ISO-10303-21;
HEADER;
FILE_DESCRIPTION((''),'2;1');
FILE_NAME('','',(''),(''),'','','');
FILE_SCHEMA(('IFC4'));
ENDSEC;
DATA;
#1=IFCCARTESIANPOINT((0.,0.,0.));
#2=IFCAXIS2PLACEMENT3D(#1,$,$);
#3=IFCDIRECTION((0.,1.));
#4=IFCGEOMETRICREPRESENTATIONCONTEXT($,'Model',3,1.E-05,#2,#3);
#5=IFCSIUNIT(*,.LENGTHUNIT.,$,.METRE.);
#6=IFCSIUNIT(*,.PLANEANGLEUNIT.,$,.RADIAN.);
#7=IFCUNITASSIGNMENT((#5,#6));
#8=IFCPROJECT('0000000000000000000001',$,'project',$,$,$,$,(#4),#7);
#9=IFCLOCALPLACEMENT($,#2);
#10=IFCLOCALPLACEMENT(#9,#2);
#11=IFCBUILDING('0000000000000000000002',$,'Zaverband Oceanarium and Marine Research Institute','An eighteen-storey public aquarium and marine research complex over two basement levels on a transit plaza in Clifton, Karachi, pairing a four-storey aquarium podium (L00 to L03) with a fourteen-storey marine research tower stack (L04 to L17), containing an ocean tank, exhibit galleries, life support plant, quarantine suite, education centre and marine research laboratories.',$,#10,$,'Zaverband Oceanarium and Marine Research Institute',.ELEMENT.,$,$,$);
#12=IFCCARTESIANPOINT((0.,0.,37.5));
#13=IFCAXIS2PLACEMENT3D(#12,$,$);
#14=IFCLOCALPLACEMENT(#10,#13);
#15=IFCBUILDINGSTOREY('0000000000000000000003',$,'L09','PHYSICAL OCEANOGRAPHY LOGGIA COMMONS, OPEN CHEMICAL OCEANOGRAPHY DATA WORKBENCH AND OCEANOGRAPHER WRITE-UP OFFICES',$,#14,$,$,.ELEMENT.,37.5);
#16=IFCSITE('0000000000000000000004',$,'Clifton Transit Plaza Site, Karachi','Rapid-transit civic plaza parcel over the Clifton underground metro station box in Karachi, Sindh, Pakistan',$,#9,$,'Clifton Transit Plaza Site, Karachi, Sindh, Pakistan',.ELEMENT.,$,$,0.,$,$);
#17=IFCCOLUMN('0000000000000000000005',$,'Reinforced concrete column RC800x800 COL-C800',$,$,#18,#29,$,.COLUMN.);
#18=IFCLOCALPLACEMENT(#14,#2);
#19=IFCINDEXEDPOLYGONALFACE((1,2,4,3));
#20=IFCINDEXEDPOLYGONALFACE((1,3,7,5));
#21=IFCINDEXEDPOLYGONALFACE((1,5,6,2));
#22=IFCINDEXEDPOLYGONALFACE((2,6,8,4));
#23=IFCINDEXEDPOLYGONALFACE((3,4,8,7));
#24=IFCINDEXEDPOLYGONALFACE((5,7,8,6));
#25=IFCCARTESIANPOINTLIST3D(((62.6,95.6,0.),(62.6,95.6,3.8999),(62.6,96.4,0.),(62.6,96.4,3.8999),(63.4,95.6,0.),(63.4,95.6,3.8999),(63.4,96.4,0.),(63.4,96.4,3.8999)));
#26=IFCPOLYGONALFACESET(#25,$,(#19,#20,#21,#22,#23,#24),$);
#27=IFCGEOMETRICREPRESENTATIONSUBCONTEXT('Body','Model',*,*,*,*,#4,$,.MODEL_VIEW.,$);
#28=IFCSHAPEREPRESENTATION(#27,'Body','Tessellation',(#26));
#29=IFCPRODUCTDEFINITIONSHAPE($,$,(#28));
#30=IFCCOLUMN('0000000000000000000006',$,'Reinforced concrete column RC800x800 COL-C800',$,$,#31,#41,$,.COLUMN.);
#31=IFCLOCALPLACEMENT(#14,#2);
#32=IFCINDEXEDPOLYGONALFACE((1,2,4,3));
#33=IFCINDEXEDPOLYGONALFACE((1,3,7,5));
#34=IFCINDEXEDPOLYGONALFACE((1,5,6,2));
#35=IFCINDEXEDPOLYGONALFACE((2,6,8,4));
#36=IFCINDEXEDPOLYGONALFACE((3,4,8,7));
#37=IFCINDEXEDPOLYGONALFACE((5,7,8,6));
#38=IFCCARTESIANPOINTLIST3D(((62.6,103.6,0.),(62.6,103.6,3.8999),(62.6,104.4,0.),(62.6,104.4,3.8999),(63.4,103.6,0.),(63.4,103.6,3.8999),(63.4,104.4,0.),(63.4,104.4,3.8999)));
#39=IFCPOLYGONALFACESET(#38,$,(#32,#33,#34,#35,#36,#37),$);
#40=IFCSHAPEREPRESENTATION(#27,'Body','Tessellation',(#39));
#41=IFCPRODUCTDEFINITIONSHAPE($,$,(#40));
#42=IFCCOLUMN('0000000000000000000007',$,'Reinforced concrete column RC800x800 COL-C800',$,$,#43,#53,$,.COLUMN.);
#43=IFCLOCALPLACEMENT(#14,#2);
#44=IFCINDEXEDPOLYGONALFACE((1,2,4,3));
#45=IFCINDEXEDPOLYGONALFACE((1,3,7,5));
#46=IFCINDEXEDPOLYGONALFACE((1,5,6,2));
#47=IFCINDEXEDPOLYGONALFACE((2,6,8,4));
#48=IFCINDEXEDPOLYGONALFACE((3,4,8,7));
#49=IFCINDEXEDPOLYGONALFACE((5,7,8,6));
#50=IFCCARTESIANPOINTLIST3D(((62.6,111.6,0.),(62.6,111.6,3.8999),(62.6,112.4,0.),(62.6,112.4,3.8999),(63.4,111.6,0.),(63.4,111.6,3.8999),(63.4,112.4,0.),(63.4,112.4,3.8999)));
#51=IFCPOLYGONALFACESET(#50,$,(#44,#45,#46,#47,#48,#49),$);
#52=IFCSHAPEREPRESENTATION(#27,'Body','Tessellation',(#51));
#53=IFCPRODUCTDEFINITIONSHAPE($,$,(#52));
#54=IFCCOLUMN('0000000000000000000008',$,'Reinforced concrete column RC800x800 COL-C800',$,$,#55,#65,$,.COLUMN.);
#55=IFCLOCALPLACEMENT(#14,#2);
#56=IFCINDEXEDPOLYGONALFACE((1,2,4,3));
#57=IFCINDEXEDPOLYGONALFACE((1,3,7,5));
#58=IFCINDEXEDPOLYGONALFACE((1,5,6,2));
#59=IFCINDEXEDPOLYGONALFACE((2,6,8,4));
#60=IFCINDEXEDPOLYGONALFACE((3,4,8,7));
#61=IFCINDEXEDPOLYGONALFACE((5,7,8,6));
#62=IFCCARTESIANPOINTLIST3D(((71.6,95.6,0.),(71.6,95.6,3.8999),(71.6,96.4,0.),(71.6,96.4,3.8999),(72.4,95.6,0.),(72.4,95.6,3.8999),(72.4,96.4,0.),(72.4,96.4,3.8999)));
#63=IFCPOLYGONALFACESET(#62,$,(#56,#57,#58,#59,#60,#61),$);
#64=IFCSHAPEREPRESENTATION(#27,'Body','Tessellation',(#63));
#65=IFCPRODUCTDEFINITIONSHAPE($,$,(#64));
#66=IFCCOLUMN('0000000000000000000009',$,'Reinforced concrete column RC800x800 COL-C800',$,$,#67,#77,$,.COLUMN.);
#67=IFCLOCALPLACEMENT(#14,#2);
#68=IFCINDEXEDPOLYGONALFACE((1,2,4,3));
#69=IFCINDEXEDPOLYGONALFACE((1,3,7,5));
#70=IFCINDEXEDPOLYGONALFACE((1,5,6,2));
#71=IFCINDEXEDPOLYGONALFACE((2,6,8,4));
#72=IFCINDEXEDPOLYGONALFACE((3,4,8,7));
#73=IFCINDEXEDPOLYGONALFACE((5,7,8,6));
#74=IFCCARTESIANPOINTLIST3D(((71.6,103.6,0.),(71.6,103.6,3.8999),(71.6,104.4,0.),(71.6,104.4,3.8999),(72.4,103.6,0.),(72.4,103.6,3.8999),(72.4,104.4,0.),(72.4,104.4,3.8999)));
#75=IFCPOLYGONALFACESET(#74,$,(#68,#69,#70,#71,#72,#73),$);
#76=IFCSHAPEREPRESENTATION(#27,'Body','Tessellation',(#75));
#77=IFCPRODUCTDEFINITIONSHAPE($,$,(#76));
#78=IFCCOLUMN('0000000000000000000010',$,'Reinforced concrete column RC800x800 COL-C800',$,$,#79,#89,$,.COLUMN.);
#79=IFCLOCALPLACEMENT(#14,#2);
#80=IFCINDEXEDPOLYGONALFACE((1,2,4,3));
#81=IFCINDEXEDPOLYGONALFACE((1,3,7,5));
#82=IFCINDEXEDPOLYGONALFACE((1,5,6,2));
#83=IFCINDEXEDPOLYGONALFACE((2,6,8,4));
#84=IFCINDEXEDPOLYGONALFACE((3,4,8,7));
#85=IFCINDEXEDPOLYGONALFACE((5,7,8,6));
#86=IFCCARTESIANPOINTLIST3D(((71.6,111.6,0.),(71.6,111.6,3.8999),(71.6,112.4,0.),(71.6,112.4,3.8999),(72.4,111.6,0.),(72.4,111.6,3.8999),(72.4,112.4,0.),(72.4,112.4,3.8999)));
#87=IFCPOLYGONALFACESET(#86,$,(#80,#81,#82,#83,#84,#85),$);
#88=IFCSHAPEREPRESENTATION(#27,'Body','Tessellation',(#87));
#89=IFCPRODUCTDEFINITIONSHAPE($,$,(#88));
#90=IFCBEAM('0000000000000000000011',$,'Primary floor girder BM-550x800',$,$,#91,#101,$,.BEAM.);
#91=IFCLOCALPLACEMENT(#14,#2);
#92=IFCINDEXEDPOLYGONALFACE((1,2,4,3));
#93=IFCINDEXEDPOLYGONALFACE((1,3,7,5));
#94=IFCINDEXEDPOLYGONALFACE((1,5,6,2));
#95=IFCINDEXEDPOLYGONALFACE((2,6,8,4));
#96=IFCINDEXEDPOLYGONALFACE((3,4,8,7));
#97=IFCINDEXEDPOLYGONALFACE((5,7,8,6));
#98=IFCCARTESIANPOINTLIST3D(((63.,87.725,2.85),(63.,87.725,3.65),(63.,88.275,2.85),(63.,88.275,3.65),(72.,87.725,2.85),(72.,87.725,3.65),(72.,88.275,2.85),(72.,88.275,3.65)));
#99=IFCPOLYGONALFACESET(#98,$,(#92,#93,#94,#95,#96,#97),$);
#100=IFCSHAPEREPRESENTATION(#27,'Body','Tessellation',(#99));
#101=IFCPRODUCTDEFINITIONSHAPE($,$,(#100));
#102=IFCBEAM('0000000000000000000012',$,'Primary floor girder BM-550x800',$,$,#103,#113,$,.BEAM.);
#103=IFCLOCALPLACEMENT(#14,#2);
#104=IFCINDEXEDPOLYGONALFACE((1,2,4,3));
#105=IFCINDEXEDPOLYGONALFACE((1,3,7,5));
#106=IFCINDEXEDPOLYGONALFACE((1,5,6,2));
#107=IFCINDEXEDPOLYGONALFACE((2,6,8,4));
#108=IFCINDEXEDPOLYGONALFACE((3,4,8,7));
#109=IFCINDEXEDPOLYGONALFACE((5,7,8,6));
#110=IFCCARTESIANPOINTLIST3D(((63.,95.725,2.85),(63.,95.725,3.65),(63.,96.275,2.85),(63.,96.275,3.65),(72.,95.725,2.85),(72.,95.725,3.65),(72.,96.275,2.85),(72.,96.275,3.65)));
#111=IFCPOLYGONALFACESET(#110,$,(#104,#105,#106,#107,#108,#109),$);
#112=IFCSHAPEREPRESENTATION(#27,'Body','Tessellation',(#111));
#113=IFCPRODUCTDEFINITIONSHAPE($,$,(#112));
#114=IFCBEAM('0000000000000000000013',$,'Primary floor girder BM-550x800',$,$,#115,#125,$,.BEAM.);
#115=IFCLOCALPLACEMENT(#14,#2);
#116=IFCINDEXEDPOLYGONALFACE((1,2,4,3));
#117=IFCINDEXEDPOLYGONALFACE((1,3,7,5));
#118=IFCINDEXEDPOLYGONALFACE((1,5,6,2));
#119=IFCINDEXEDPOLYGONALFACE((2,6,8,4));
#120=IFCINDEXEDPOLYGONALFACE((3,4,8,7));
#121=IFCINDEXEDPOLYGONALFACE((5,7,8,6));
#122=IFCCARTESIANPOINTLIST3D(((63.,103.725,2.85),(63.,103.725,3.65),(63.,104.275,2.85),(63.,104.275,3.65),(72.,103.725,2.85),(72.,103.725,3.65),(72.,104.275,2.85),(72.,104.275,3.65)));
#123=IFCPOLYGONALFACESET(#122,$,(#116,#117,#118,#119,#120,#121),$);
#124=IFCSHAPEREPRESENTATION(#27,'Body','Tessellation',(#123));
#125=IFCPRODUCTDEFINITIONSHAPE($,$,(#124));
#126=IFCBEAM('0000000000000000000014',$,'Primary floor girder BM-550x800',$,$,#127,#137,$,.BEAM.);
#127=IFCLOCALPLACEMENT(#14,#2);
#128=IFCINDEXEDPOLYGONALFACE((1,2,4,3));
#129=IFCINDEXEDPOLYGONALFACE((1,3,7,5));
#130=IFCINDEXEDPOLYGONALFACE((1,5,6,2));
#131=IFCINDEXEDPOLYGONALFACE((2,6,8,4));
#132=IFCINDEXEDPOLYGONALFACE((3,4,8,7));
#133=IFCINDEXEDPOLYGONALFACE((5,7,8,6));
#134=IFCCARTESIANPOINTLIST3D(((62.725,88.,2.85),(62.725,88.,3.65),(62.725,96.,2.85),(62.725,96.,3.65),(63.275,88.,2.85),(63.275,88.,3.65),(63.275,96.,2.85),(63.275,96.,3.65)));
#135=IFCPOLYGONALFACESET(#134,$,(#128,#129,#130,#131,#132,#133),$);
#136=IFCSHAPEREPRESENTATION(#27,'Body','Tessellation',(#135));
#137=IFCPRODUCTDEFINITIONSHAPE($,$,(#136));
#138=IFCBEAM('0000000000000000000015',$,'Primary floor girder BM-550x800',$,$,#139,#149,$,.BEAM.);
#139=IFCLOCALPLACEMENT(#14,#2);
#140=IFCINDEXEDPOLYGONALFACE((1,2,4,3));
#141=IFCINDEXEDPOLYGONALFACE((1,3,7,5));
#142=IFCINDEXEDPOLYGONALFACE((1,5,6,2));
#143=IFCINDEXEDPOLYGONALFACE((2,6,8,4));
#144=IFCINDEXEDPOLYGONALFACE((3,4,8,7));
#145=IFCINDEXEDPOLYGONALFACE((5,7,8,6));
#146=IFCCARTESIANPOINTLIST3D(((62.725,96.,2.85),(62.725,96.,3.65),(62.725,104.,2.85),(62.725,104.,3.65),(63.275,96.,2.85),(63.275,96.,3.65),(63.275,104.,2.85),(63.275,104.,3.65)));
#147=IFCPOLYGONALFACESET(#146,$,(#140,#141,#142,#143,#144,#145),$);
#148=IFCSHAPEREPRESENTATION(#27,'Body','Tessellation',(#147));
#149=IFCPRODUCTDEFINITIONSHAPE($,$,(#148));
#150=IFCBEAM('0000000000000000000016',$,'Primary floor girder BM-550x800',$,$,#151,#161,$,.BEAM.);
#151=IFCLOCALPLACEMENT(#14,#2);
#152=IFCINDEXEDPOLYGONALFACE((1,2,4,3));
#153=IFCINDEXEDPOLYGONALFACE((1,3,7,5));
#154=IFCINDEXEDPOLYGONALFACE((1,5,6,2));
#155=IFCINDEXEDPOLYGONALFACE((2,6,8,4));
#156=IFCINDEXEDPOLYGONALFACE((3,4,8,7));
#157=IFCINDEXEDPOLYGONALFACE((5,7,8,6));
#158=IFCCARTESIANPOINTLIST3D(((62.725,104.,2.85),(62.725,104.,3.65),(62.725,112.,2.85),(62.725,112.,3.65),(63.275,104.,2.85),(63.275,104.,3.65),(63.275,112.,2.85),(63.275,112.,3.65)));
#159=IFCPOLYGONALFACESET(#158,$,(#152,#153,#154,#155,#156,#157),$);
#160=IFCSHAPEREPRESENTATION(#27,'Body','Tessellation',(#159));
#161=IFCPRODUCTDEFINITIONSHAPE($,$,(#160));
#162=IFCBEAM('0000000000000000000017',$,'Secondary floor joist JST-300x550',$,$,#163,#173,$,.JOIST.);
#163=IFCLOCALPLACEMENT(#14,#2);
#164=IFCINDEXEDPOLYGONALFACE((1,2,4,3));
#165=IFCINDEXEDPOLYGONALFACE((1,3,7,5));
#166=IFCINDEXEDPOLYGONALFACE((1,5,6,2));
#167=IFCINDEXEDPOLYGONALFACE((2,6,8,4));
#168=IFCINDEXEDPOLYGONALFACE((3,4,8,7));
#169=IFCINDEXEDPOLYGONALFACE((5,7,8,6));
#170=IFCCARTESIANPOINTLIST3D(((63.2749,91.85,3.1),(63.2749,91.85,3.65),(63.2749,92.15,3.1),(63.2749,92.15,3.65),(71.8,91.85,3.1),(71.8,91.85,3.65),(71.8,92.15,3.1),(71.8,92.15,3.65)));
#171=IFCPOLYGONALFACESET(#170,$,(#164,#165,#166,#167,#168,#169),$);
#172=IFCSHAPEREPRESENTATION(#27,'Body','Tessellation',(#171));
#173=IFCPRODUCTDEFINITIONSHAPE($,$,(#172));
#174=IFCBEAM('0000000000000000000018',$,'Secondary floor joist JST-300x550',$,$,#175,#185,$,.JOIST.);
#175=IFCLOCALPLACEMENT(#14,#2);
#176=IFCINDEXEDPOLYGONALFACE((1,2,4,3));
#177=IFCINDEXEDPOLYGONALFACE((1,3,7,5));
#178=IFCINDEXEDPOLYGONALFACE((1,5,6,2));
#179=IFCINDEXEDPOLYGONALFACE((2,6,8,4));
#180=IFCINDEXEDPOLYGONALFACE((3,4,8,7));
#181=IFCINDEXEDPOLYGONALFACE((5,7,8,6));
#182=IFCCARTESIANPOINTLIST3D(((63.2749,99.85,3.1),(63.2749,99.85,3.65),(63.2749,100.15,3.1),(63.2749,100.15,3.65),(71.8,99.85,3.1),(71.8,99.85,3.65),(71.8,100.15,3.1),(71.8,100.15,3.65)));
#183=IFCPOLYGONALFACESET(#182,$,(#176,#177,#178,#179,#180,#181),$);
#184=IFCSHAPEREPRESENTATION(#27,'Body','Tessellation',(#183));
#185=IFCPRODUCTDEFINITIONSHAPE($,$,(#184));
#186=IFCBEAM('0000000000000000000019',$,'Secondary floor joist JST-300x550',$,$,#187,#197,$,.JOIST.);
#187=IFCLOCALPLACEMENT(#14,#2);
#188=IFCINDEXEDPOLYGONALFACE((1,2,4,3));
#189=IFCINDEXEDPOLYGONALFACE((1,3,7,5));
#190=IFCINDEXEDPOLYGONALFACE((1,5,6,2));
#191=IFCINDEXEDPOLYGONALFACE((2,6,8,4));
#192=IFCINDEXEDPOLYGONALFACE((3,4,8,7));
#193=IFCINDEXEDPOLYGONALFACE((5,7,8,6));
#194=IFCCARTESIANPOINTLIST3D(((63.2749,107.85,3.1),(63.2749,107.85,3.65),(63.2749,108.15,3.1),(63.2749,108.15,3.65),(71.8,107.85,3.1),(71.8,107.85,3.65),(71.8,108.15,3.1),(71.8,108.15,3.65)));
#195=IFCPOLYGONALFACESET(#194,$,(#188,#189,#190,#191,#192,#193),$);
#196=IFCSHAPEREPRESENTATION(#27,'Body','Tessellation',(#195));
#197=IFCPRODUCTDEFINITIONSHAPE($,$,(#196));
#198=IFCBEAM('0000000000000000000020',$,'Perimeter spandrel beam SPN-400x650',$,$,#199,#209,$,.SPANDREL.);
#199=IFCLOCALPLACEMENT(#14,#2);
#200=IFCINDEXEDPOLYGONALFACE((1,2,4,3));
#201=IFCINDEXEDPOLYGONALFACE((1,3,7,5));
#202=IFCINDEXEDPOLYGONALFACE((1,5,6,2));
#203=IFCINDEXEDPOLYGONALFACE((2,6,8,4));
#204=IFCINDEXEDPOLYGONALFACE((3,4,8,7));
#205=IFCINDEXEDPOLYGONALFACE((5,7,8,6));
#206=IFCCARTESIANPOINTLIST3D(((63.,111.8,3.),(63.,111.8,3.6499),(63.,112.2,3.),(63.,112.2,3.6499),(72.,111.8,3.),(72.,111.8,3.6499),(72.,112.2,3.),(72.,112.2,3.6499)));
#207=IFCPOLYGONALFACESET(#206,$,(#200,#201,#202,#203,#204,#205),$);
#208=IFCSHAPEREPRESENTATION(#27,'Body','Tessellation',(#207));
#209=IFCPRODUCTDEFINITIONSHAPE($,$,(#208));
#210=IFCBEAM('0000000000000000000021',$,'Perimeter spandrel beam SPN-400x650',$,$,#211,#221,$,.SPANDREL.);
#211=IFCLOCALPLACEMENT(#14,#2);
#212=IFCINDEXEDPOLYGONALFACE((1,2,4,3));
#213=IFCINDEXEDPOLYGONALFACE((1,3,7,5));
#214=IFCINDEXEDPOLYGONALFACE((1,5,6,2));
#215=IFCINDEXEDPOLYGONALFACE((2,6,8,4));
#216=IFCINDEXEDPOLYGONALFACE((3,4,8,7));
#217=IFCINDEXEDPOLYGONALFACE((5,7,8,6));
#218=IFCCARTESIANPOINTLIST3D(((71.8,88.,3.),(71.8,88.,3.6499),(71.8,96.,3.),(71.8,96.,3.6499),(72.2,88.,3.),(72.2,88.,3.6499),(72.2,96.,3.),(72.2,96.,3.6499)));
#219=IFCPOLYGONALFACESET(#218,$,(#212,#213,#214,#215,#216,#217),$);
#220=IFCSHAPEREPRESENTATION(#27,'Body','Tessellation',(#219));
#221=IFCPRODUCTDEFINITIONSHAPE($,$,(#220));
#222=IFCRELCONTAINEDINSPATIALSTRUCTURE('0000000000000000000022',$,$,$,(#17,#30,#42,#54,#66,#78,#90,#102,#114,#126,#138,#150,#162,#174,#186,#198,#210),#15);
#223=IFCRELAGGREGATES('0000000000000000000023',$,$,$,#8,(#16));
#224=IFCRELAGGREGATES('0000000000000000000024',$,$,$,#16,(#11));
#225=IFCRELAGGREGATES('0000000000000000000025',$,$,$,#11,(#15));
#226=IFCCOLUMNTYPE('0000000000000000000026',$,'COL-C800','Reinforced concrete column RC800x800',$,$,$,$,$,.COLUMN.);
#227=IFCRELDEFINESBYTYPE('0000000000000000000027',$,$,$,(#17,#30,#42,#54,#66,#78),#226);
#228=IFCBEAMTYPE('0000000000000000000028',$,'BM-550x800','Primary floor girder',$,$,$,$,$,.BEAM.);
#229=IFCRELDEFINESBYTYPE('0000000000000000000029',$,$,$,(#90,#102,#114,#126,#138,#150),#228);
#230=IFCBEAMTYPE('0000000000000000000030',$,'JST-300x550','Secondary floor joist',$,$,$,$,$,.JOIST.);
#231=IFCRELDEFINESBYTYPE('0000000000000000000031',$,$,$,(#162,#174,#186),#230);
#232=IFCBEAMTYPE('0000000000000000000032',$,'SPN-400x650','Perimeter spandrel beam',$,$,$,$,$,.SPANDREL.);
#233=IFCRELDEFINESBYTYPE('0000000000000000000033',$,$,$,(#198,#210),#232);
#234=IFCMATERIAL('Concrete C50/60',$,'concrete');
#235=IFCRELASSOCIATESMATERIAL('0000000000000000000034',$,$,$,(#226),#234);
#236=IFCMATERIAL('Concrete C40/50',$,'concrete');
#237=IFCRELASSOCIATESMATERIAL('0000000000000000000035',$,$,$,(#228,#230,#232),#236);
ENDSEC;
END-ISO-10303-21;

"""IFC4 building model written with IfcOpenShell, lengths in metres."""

from ifc_helpers import new_model, si_unit, direction, frame, origin, origin_2d, place, context, subcontext, project, spatial, rectangle, extrude, material, material_profile, profile_set, type_object, element, save


model = new_model("IFC4")

# Units and contexts
model_context = context("Model", 3, precision=1e-05, world=origin(), true_north=direction((0.0, 1.0)))
body_context = subcontext(model_context, "Body", "Model", "MODEL_VIEW")
ifc_project = project(units=[si_unit("LENGTHUNIT", "METRE"), si_unit("PLANEANGLEUNIT", "RADIAN")], contexts=[model_context])

# Site, building, storey
site_placement = place(None, origin())
site = spatial("IfcSite", under=ifc_project, at=site_placement, Name="Clifton Transit Plaza Site, Karachi", Description="Rapid-transit civic plaza parcel over the Clifton underground metro station box in Karachi, Sindh, Pakistan", LongName="Clifton Transit Plaza Site, Karachi, Sindh, Pakistan", CompositionType="ELEMENT", RefElevation=0.0)
building_placement = place(site_placement, origin())
building = spatial("IfcBuilding", under=site, at=building_placement, Name="Zaverband Oceanarium and Marine Research Institute", Description="An eighteen-storey public aquarium and marine research complex over two basement levels on a transit plaza in Clifton, Karachi, pairing a four-storey aquarium podium (L00 to L03) with a fourteen-storey marine research tower stack (L04 to L17), containing an ocean tank, exhibit galleries, life support plant, quarantine suite, education centre and marine research laboratories.", LongName="Zaverband Oceanarium and Marine Research Institute", CompositionType="ELEMENT")
storey_placement = place(building_placement, frame((0.0, 0.0, 37.5)))
storey = spatial("IfcBuildingStorey", under=building, at=storey_placement, Name="L09", Description="PHYSICAL OCEANOGRAPHY LOGGIA COMMONS, OPEN CHEMICAL OCEANOGRAPHY DATA WORKBENCH AND OCEANOGRAPHER WRITE-UP OFFICES", CompositionType="ELEMENT", Elevation=37.5)

# Columns
ifc_material_1 = material(Name="Concrete C50/60", Category="concrete")
ifc_material_profile_1 = material_profile(ifc_material_1, rectangle(XDim=0.8, YDim=0.8, at=origin_2d()), Name="RC800x800")
ifc_profile_set_1 = profile_set([ifc_material_profile_1], Name="Concrete C50/60")
column_type = type_object("IfcColumnType", Name="COL-C800", Description="Reinforced concrete column RC800x800", PredefinedType="COLUMN", material=ifc_profile_set_1)
for number, where, z_axis, x_axis, name in (
    (1, (63.0, 96.0, 0.0), (0.0, 0.0, 1.0), (1.0, 0.0, 0.0), "Reinforced concrete column RC800x800 COL-C800"),
    (2, (63.0, 104.0, 0.0), (0.0, 0.0, 1.0), (1.0, 0.0, 0.0), "Reinforced concrete column RC800x800 COL-C800"),
    (3, (63.0, 112.0, 0.0), (0.0, 0.0, 1.0), (1.0, 0.0, 0.0), "Reinforced concrete column RC800x800 COL-C800"),
    (4, (72.0, 96.0, 0.0), (0.0, 0.0, 1.0), (1.0, 0.0, 0.0), "Reinforced concrete column RC800x800 COL-C800"),
    (5, (72.0, 104.0, 0.0), (0.0, 0.0, 1.0), (1.0, 0.0, 0.0), "Reinforced concrete column RC800x800 COL-C800"),
    (6, (72.0, 112.0, 0.0), (0.0, 0.0, 1.0), (1.0, 0.0, 0.0), "Reinforced concrete column RC800x800 COL-C800"),
):
    element("IfcColumn", number, at=place(storey_placement, frame(where, z_axis=z_axis, x_axis=x_axis)), inside=storey, type_object=column_type, Name=name, PredefinedType="COLUMN", context=body_context, shape_type="SweptSolid", body=[
        extrude(rectangle(XDim=0.8, YDim=0.8, at=origin_2d()), origin(), (0.0, 0.0, 1.0), 3.8999),
    ])

# Beams
ifc_material_2 = material(Name="Concrete C40/50", Category="concrete")
ifc_material_profile_2 = material_profile(ifc_material_2, rectangle(XDim=0.55, YDim=0.8, at=origin_2d()), Name="RC550x800")
ifc_profile_set_2 = profile_set([ifc_material_profile_2], Name="Concrete C40/50")
beam_type_1 = type_object("IfcBeamType", Name="BM-550x800", Description="Primary floor girder", PredefinedType="BEAM", material=ifc_profile_set_2)
for number, where, z_axis, x_axis, name in (
    (7, (63.0, 88.0, 3.25), (1.0, 0.0, 0.0), (0.0, 1.0, 0.0), "Primary floor girder BM-550x800"),
    (8, (63.0, 96.0, 3.25), (1.0, 0.0, 0.0), (0.0, 1.0, 0.0), "Primary floor girder BM-550x800"),
    (9, (63.0, 104.0, 3.25), (1.0, 0.0, 0.0), (0.0, 1.0, 0.0), "Primary floor girder BM-550x800"),
):
    element("IfcBeam", number, at=place(storey_placement, frame(where, z_axis=z_axis, x_axis=x_axis)), inside=storey, type_object=beam_type_1, Name=name, PredefinedType="BEAM", context=body_context, shape_type="SweptSolid", body=[
        extrude(rectangle(XDim=0.55, YDim=0.8, at=origin_2d()), origin(), (0.0, 0.0, 1.0), 9.0),
    ])
for number, where, z_axis, x_axis, name in (
    (10, (63.0, 88.0, 3.25), (0.0, 1.0, 0.0), (-1.0, 0.0, 0.0), "Primary floor girder BM-550x800"),
    (11, (63.0, 96.0, 3.25), (0.0, 1.0, 0.0), (-1.0, 0.0, 0.0), "Primary floor girder BM-550x800"),
    (12, (63.0, 104.0, 3.25), (0.0, 1.0, 0.0), (-1.0, 0.0, 0.0), "Primary floor girder BM-550x800"),
):
    element("IfcBeam", number, at=place(storey_placement, frame(where, z_axis=z_axis, x_axis=x_axis)), inside=storey, type_object=beam_type_1, Name=name, PredefinedType="BEAM", context=body_context, shape_type="SweptSolid", body=[
        extrude(rectangle(XDim=0.55, YDim=0.8, at=origin_2d()), origin(), (0.0, 0.0, 1.0), 8.0),
    ])
ifc_material_profile_3 = material_profile(ifc_material_2, rectangle(XDim=0.3, YDim=0.55, at=origin_2d()), Name="RC300x550")
ifc_profile_set_3 = profile_set([ifc_material_profile_3], Name="Concrete C40/50")
beam_type_2 = type_object("IfcBeamType", Name="JST-300x550", Description="Secondary floor joist", PredefinedType="JOIST", material=ifc_profile_set_3)
for number, where, z_axis, x_axis, name in (
    (13, (63.2749, 92.0, 3.375), (1.0, 0.0, 0.0), (0.0, 1.0, 0.0), "Secondary floor joist JST-300x550"),
    (14, (63.2749, 100.0, 3.375), (1.0, 0.0, 0.0), (0.0, 1.0, 0.0), "Secondary floor joist JST-300x550"),
    (15, (63.2749, 108.0, 3.375), (1.0, 0.0, 0.0), (0.0, 1.0, 0.0), "Secondary floor joist JST-300x550"),
):
    element("IfcBeam", number, at=place(storey_placement, frame(where, z_axis=z_axis, x_axis=x_axis)), inside=storey, type_object=beam_type_2, Name=name, PredefinedType="JOIST", context=body_context, shape_type="SweptSolid", body=[
        extrude(rectangle(XDim=0.3, YDim=0.55, at=origin_2d()), origin(), (0.0, 0.0, 1.0), 8.5251),
    ])
ifc_material_profile_4 = material_profile(ifc_material_2, rectangle(XDim=0.3999, YDim=0.6499, at=origin_2d()), Name="RC400x650")
ifc_profile_set_4 = profile_set([ifc_material_profile_4], Name="Concrete C40/50")
beam_type_3 = type_object("IfcBeamType", Name="SPN-400x650", Description="Perimeter spandrel beam", PredefinedType="SPANDREL", material=ifc_profile_set_4)
beam_placement = place(storey_placement, frame((63.0, 112.0, 3.325), z_axis=(1.0, 0.0, 0.0), x_axis=(0.0, 1.0, 0.0)))
element("IfcBeam", 16, at=beam_placement, inside=storey, type_object=beam_type_3, Name="Perimeter spandrel beam SPN-400x650", PredefinedType="SPANDREL", context=body_context, shape_type="SweptSolid", body=[
    extrude(rectangle(XDim=0.3999, YDim=0.6499, at=origin_2d()), origin(), (0.0, 0.0, 1.0), 9.0),
])
for number, where, z_axis, x_axis, name in (
    (17, (72.0, 88.0, 3.325), (0.0, 1.0, 0.0), (-1.0, 0.0, 0.0), "Perimeter spandrel beam SPN-400x650"),
):
    element("IfcBeam", number, at=place(storey_placement, frame(where, z_axis=z_axis, x_axis=x_axis)), inside=storey, type_object=beam_type_3, Name=name, PredefinedType="SPANDREL", context=body_context, shape_type="SweptSolid", body=[
        extrude(rectangle(XDim=0.3999, YDim=0.6499, at=origin_2d()), origin(), (0.0, 0.0, 1.0), 8.0),
    ])

save(model, "model.ifc")
